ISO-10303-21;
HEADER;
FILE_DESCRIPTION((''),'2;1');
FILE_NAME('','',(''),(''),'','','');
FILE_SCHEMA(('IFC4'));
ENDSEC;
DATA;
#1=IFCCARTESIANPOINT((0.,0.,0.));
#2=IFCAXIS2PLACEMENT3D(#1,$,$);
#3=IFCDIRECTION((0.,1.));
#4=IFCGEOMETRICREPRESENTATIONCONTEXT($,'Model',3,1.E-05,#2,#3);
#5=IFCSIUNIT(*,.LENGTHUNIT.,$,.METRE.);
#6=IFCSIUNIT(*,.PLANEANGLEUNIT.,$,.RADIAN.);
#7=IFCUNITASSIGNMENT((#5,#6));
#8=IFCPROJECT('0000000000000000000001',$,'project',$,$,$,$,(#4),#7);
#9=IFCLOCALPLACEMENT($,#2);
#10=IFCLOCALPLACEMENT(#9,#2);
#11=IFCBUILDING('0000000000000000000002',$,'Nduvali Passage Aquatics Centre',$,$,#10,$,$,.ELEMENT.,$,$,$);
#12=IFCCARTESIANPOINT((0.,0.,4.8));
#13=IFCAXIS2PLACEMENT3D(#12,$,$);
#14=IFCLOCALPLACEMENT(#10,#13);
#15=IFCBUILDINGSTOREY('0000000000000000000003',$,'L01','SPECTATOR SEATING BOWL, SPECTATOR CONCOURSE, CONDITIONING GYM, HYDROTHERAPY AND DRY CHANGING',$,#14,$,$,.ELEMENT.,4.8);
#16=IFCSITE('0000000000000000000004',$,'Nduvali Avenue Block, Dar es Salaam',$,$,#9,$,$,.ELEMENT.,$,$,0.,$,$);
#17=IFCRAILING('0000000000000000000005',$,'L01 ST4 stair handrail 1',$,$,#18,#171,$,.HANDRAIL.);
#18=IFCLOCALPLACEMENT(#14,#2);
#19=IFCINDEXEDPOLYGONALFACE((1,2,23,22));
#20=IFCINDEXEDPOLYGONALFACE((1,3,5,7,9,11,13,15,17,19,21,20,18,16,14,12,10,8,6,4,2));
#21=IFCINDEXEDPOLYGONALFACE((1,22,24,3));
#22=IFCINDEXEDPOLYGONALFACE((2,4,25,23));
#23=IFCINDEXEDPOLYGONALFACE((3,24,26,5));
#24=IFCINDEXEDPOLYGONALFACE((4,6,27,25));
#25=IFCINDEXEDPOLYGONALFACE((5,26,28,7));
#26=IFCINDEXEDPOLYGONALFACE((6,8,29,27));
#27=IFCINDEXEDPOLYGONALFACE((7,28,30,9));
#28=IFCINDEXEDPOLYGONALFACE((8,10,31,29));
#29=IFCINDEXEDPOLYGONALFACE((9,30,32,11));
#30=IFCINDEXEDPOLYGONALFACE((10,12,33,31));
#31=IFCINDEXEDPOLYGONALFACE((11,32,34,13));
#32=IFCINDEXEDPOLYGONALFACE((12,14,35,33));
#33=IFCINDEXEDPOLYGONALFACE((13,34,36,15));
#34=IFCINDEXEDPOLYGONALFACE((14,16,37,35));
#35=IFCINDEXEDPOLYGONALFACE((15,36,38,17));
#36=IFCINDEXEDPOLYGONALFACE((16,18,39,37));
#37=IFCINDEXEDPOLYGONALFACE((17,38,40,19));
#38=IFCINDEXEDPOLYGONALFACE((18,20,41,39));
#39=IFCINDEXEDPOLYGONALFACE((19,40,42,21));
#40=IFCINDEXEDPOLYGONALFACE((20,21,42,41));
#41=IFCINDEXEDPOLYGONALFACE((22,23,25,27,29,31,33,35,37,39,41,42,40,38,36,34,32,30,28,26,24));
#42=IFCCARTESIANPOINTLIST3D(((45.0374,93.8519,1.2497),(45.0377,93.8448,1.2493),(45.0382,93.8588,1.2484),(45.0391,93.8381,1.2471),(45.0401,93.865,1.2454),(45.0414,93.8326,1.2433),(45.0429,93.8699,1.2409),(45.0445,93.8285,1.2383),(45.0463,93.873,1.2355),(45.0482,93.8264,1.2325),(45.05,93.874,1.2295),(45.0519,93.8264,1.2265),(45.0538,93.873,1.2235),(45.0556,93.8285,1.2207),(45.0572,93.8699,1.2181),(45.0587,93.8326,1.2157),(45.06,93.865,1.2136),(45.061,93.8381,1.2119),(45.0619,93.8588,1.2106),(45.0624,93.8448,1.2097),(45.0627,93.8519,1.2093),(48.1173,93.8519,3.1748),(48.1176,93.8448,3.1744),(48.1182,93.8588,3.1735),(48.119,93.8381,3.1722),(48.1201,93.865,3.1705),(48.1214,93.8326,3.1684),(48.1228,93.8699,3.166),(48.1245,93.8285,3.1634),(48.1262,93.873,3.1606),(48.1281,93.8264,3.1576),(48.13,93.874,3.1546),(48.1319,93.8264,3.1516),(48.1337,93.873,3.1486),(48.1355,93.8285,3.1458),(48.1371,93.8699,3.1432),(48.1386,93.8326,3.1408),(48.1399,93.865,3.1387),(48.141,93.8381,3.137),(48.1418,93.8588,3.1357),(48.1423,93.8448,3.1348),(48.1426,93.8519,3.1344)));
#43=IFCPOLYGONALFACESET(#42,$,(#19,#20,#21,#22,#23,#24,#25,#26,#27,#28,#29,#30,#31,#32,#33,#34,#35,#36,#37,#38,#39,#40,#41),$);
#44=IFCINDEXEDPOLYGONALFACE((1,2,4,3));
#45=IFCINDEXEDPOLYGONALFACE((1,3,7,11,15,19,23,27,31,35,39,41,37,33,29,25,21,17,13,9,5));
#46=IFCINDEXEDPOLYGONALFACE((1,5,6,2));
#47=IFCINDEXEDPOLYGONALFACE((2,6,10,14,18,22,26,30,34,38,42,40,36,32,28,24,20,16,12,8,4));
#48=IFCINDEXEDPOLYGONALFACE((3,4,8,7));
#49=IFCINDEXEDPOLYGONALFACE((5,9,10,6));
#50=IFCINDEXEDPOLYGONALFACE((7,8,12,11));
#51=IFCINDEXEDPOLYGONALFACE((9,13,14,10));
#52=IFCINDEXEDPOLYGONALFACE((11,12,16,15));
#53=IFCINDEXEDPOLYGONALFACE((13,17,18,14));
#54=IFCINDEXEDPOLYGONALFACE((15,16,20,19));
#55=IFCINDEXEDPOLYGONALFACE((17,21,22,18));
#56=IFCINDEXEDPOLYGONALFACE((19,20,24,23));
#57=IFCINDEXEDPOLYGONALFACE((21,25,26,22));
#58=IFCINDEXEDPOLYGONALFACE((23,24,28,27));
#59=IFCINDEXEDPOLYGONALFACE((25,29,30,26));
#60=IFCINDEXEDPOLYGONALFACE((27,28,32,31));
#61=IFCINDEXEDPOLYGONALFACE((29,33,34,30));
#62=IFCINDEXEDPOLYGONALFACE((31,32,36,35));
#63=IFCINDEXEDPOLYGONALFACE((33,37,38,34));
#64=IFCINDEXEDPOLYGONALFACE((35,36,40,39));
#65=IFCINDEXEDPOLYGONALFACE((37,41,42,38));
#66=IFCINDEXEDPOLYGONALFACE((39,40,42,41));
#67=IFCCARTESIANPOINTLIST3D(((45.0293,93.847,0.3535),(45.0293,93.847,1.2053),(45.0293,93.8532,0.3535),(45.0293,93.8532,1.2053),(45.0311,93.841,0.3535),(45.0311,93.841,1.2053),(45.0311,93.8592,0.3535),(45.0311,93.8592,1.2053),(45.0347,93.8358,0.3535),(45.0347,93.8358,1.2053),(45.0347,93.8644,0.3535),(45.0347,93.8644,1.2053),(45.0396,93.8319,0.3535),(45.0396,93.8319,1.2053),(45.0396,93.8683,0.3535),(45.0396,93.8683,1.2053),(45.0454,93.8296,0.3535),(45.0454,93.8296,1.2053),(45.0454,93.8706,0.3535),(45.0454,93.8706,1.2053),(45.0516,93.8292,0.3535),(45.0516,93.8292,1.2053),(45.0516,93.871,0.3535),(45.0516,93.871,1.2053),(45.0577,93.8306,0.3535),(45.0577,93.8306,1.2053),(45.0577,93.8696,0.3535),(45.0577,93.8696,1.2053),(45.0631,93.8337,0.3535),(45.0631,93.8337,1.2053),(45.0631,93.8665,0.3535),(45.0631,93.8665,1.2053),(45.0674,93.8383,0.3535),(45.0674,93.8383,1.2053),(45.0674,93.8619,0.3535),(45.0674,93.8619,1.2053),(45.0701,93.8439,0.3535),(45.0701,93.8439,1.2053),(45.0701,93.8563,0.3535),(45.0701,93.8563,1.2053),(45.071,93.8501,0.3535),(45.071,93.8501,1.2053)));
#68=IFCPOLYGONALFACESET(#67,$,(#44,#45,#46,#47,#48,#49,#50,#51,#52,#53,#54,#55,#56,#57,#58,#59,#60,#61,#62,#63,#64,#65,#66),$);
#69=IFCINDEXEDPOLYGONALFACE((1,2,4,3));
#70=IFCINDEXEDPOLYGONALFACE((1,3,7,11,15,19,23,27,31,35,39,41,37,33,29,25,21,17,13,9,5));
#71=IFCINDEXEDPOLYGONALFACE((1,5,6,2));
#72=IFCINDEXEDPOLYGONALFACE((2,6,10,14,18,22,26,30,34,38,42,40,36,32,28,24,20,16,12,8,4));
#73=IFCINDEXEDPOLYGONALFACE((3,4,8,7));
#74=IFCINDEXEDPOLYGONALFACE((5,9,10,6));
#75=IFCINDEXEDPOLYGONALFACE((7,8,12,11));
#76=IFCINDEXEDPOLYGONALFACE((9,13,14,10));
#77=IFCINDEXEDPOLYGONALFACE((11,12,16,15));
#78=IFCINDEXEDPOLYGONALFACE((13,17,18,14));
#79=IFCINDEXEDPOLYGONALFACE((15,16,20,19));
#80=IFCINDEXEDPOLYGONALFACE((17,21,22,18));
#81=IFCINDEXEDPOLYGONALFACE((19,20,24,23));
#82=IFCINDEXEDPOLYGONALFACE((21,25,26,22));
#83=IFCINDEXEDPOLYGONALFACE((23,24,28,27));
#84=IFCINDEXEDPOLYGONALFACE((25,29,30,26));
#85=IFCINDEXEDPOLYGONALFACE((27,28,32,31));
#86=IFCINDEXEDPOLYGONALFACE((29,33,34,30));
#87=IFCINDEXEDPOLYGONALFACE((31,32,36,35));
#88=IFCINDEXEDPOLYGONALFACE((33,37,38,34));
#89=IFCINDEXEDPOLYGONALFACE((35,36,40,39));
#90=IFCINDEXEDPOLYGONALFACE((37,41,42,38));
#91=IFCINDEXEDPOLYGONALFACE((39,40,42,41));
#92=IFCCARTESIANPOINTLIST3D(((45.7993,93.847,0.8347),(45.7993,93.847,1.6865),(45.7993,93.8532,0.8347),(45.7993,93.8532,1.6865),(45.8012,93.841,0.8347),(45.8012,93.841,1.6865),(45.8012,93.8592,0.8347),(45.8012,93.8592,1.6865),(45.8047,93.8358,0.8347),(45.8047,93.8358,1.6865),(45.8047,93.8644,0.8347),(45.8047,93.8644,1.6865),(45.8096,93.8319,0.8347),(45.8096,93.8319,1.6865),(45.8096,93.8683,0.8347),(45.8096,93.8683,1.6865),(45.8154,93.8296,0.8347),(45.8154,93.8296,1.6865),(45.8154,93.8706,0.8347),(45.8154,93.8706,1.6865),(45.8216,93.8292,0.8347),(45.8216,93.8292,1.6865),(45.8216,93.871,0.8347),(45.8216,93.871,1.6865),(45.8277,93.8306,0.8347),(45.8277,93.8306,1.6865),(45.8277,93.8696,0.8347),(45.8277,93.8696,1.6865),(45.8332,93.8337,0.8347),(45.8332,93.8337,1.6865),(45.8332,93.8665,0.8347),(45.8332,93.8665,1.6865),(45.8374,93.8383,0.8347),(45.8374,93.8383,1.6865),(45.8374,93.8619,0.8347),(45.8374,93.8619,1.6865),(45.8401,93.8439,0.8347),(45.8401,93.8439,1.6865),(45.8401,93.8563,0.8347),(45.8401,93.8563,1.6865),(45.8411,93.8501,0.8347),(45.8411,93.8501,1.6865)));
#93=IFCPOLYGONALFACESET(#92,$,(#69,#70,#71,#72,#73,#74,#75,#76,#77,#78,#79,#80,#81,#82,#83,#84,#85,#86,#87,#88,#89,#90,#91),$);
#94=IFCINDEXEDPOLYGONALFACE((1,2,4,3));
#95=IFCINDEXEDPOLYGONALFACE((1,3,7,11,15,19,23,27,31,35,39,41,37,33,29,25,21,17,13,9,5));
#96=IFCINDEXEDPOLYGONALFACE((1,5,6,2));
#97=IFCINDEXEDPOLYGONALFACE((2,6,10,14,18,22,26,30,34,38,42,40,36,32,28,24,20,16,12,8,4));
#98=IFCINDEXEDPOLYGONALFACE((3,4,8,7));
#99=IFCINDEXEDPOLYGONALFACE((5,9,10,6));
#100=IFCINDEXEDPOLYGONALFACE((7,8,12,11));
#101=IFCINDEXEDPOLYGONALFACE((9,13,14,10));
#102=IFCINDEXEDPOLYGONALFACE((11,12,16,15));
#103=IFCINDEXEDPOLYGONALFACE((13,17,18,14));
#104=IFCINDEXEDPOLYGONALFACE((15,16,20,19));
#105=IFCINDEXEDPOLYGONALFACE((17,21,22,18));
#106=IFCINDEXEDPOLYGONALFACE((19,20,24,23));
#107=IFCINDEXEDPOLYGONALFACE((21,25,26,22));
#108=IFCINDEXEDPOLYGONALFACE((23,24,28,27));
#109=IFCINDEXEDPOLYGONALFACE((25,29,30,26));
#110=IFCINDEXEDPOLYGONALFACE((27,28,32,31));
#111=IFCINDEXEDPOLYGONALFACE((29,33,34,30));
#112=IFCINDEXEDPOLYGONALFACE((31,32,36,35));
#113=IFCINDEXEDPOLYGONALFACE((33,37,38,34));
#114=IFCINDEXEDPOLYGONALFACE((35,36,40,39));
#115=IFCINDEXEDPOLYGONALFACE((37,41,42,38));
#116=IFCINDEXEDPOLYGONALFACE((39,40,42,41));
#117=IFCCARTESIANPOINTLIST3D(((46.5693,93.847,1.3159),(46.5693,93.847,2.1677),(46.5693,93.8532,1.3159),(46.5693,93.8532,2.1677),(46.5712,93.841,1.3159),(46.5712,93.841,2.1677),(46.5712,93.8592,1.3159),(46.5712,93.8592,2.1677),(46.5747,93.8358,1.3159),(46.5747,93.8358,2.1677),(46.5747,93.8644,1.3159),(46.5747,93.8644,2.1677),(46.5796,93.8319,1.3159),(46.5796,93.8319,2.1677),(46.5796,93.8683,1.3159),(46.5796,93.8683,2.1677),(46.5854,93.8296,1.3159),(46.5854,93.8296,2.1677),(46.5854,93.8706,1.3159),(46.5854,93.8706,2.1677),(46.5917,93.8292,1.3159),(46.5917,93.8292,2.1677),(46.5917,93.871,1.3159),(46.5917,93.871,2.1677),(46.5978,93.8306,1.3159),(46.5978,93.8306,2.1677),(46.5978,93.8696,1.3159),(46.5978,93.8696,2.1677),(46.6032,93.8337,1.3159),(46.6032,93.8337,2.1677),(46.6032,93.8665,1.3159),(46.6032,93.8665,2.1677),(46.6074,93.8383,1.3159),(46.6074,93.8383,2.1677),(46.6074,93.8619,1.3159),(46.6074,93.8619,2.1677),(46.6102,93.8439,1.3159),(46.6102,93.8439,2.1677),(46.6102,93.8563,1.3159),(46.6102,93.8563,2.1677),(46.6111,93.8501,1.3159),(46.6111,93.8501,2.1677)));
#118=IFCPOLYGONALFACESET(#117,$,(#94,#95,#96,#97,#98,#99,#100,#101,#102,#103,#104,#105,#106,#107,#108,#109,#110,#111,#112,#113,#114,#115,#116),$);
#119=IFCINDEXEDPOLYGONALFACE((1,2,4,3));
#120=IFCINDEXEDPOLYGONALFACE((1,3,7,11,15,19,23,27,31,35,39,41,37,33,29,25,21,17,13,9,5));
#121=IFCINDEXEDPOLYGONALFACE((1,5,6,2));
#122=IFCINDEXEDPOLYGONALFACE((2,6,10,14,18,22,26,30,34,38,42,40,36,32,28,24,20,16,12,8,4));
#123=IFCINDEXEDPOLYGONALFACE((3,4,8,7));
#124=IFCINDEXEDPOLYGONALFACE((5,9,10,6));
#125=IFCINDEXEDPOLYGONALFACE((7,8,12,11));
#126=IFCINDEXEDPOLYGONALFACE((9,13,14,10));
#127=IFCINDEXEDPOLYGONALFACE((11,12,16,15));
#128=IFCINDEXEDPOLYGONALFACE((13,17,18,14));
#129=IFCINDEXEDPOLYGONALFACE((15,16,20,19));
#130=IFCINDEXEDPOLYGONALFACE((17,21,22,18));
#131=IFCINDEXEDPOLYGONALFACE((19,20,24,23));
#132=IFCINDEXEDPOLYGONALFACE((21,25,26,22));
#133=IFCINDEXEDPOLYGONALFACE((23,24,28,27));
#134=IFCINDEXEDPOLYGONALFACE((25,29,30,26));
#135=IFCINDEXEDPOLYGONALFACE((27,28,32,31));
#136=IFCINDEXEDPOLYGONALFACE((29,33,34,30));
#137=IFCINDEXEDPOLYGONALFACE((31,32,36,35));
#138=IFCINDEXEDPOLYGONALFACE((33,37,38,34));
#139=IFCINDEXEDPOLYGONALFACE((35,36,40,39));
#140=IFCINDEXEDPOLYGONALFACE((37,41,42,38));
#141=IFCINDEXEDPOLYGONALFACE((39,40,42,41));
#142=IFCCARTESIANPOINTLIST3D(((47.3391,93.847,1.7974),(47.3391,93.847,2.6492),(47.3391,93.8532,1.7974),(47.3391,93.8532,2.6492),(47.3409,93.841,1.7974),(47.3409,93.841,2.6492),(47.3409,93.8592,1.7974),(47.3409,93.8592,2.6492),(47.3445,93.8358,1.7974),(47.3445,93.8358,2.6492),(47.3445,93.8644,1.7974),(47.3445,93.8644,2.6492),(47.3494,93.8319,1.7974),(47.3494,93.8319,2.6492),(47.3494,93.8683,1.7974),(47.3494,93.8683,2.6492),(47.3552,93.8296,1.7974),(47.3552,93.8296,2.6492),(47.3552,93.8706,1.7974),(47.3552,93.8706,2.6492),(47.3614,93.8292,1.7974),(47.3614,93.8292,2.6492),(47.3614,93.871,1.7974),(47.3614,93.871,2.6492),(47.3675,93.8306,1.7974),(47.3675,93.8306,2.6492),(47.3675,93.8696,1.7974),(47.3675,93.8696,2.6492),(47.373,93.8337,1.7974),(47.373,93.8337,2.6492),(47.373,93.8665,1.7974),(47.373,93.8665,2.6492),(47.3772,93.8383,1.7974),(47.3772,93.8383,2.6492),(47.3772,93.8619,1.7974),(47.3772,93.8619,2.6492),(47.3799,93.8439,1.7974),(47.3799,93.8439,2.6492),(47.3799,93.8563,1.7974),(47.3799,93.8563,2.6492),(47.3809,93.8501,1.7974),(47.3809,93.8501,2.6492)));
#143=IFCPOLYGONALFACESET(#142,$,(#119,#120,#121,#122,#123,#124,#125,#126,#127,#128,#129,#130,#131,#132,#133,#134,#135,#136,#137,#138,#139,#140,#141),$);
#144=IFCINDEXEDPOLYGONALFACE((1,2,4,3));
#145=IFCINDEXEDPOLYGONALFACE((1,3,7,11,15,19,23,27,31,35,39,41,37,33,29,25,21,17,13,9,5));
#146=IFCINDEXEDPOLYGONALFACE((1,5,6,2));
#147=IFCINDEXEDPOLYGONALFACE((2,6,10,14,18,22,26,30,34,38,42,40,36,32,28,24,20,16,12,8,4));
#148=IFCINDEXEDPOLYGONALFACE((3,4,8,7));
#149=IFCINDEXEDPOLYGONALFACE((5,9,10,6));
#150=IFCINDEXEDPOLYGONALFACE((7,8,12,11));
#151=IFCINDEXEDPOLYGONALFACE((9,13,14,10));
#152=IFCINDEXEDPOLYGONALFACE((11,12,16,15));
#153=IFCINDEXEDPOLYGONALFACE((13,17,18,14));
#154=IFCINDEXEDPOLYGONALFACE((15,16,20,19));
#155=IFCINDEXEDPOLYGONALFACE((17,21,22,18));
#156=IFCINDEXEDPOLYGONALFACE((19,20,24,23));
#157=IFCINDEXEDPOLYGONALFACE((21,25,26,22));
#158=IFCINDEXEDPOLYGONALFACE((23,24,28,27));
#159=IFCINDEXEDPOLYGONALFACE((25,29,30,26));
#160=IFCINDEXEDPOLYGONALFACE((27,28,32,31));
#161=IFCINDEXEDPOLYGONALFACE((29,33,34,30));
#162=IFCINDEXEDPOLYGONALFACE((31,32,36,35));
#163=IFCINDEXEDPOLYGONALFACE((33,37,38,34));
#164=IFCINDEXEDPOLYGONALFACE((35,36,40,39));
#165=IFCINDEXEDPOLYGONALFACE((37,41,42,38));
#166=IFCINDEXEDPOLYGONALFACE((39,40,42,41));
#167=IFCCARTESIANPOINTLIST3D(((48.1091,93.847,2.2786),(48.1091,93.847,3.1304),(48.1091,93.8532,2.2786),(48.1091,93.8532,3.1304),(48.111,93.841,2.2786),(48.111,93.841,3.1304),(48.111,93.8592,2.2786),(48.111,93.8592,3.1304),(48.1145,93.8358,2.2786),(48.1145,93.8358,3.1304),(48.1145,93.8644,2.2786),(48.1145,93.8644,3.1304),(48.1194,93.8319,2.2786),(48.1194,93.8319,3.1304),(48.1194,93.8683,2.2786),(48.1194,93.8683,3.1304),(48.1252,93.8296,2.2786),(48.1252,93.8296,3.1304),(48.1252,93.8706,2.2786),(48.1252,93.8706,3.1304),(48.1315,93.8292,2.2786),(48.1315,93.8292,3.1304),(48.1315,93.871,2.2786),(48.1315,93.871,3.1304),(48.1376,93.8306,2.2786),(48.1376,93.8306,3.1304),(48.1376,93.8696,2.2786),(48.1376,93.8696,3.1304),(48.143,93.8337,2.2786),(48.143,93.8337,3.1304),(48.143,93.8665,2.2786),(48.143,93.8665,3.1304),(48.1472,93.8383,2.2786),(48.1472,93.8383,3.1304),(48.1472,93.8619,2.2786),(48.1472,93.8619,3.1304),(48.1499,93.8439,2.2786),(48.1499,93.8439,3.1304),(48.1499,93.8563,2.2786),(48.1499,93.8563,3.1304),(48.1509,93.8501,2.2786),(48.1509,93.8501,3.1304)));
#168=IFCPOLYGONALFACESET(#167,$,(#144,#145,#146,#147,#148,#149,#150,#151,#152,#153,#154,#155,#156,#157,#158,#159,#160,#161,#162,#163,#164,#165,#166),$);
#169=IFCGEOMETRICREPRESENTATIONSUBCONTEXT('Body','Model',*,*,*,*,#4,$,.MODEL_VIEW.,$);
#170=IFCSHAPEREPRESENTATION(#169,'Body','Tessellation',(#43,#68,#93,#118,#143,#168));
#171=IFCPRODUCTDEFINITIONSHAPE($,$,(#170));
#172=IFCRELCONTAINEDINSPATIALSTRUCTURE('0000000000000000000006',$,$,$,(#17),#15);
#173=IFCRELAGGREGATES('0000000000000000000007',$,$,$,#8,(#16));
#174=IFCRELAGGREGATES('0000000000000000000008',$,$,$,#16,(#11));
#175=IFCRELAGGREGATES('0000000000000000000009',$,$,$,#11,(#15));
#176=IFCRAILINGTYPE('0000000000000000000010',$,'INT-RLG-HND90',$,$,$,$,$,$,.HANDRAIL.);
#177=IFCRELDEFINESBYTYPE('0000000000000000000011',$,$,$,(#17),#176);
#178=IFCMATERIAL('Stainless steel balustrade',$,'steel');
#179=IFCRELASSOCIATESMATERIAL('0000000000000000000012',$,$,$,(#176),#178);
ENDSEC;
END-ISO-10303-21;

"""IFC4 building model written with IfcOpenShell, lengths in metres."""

from ifc_helpers import new_model, si_unit, direction, frame, origin, origin_2d, place, context, subcontext, project, spatial, circle, extrude, material, type_object, element, save


model = new_model("IFC4")

# Units and contexts
model_context = context("Model", 3, precision=1e-05, world=origin(), true_north=direction((0.0, 1.0)))
body_context = subcontext(model_context, "Body", "Model", "MODEL_VIEW")
ifc_project = project(units=[si_unit("LENGTHUNIT", "METRE"), si_unit("PLANEANGLEUNIT", "RADIAN")], contexts=[model_context])

# Site, building, storey
site_placement = place(None, origin())
site = spatial("IfcSite", under=ifc_project, at=site_placement, Name="Nduvali Avenue Block, Dar es Salaam", CompositionType="ELEMENT", RefElevation=0.0)
building_placement = place(site_placement, origin())
building = spatial("IfcBuilding", under=site, at=building_placement, Name="Nduvali Passage Aquatics Centre", CompositionType="ELEMENT")
storey_placement = place(building_placement, frame((0.0, 0.0, 4.8)))
storey = spatial("IfcBuildingStorey", under=building, at=storey_placement, Name="L01", Description="SPECTATOR SEATING BOWL, SPECTATOR CONCOURSE, CONDITIONING GYM, HYDROTHERAPY AND DRY CHANGING", CompositionType="ELEMENT", Elevation=4.8)

# Railing
ifc_material_1 = material(Name="Stainless steel balustrade", Category="steel")
railing_type_1 = type_object("IfcRailingType", Name="INT-RLG-HND90", PredefinedType="HANDRAIL", material=ifc_material_1)
railing_1_placement = place(storey_placement, frame((45.05, 93.8501, 0.3535)))
element("IfcRailing", 1, at=railing_1_placement, inside=storey, type_object=railing_type_1, Name="L01 ST4 stair handrail 1", PredefinedType="HANDRAIL", context=body_context, shape_type="SweptSolid", body=[
    extrude(circle(Radius=0.0239, at=origin_2d()), frame((0.0, 0.0, 0.876), z_axis=(0.847979, 0.0, 0.530029), x_axis=(0.0, 1.0, 0.0)), (0.0, 0.0, 1.0), 3.6321),
    extrude(circle(Radius=0.021, at=origin_2d()), origin(), (0.0, 0.0, 1.0), 0.8518),
    extrude(circle(Radius=0.021, at=origin_2d()), frame((0.77, 0.0, 0.4812)), (0.0, 0.0, 1.0), 0.8518),
    extrude(circle(Radius=0.021, at=origin_2d()), frame((1.54, 0.0, 0.9624)), (0.0, 0.0, 1.0), 0.8518),
    extrude(circle(Radius=0.021, at=origin_2d()), frame((2.3098, 0.0, 1.4438)), (0.0, 0.0, 1.0), 0.8518),
    extrude(circle(Radius=0.021, at=origin_2d()), frame((3.0798, 0.0, 1.925)), (0.0, 0.0, 1.0), 0.8518),
])

save(model, "model.ifc")
